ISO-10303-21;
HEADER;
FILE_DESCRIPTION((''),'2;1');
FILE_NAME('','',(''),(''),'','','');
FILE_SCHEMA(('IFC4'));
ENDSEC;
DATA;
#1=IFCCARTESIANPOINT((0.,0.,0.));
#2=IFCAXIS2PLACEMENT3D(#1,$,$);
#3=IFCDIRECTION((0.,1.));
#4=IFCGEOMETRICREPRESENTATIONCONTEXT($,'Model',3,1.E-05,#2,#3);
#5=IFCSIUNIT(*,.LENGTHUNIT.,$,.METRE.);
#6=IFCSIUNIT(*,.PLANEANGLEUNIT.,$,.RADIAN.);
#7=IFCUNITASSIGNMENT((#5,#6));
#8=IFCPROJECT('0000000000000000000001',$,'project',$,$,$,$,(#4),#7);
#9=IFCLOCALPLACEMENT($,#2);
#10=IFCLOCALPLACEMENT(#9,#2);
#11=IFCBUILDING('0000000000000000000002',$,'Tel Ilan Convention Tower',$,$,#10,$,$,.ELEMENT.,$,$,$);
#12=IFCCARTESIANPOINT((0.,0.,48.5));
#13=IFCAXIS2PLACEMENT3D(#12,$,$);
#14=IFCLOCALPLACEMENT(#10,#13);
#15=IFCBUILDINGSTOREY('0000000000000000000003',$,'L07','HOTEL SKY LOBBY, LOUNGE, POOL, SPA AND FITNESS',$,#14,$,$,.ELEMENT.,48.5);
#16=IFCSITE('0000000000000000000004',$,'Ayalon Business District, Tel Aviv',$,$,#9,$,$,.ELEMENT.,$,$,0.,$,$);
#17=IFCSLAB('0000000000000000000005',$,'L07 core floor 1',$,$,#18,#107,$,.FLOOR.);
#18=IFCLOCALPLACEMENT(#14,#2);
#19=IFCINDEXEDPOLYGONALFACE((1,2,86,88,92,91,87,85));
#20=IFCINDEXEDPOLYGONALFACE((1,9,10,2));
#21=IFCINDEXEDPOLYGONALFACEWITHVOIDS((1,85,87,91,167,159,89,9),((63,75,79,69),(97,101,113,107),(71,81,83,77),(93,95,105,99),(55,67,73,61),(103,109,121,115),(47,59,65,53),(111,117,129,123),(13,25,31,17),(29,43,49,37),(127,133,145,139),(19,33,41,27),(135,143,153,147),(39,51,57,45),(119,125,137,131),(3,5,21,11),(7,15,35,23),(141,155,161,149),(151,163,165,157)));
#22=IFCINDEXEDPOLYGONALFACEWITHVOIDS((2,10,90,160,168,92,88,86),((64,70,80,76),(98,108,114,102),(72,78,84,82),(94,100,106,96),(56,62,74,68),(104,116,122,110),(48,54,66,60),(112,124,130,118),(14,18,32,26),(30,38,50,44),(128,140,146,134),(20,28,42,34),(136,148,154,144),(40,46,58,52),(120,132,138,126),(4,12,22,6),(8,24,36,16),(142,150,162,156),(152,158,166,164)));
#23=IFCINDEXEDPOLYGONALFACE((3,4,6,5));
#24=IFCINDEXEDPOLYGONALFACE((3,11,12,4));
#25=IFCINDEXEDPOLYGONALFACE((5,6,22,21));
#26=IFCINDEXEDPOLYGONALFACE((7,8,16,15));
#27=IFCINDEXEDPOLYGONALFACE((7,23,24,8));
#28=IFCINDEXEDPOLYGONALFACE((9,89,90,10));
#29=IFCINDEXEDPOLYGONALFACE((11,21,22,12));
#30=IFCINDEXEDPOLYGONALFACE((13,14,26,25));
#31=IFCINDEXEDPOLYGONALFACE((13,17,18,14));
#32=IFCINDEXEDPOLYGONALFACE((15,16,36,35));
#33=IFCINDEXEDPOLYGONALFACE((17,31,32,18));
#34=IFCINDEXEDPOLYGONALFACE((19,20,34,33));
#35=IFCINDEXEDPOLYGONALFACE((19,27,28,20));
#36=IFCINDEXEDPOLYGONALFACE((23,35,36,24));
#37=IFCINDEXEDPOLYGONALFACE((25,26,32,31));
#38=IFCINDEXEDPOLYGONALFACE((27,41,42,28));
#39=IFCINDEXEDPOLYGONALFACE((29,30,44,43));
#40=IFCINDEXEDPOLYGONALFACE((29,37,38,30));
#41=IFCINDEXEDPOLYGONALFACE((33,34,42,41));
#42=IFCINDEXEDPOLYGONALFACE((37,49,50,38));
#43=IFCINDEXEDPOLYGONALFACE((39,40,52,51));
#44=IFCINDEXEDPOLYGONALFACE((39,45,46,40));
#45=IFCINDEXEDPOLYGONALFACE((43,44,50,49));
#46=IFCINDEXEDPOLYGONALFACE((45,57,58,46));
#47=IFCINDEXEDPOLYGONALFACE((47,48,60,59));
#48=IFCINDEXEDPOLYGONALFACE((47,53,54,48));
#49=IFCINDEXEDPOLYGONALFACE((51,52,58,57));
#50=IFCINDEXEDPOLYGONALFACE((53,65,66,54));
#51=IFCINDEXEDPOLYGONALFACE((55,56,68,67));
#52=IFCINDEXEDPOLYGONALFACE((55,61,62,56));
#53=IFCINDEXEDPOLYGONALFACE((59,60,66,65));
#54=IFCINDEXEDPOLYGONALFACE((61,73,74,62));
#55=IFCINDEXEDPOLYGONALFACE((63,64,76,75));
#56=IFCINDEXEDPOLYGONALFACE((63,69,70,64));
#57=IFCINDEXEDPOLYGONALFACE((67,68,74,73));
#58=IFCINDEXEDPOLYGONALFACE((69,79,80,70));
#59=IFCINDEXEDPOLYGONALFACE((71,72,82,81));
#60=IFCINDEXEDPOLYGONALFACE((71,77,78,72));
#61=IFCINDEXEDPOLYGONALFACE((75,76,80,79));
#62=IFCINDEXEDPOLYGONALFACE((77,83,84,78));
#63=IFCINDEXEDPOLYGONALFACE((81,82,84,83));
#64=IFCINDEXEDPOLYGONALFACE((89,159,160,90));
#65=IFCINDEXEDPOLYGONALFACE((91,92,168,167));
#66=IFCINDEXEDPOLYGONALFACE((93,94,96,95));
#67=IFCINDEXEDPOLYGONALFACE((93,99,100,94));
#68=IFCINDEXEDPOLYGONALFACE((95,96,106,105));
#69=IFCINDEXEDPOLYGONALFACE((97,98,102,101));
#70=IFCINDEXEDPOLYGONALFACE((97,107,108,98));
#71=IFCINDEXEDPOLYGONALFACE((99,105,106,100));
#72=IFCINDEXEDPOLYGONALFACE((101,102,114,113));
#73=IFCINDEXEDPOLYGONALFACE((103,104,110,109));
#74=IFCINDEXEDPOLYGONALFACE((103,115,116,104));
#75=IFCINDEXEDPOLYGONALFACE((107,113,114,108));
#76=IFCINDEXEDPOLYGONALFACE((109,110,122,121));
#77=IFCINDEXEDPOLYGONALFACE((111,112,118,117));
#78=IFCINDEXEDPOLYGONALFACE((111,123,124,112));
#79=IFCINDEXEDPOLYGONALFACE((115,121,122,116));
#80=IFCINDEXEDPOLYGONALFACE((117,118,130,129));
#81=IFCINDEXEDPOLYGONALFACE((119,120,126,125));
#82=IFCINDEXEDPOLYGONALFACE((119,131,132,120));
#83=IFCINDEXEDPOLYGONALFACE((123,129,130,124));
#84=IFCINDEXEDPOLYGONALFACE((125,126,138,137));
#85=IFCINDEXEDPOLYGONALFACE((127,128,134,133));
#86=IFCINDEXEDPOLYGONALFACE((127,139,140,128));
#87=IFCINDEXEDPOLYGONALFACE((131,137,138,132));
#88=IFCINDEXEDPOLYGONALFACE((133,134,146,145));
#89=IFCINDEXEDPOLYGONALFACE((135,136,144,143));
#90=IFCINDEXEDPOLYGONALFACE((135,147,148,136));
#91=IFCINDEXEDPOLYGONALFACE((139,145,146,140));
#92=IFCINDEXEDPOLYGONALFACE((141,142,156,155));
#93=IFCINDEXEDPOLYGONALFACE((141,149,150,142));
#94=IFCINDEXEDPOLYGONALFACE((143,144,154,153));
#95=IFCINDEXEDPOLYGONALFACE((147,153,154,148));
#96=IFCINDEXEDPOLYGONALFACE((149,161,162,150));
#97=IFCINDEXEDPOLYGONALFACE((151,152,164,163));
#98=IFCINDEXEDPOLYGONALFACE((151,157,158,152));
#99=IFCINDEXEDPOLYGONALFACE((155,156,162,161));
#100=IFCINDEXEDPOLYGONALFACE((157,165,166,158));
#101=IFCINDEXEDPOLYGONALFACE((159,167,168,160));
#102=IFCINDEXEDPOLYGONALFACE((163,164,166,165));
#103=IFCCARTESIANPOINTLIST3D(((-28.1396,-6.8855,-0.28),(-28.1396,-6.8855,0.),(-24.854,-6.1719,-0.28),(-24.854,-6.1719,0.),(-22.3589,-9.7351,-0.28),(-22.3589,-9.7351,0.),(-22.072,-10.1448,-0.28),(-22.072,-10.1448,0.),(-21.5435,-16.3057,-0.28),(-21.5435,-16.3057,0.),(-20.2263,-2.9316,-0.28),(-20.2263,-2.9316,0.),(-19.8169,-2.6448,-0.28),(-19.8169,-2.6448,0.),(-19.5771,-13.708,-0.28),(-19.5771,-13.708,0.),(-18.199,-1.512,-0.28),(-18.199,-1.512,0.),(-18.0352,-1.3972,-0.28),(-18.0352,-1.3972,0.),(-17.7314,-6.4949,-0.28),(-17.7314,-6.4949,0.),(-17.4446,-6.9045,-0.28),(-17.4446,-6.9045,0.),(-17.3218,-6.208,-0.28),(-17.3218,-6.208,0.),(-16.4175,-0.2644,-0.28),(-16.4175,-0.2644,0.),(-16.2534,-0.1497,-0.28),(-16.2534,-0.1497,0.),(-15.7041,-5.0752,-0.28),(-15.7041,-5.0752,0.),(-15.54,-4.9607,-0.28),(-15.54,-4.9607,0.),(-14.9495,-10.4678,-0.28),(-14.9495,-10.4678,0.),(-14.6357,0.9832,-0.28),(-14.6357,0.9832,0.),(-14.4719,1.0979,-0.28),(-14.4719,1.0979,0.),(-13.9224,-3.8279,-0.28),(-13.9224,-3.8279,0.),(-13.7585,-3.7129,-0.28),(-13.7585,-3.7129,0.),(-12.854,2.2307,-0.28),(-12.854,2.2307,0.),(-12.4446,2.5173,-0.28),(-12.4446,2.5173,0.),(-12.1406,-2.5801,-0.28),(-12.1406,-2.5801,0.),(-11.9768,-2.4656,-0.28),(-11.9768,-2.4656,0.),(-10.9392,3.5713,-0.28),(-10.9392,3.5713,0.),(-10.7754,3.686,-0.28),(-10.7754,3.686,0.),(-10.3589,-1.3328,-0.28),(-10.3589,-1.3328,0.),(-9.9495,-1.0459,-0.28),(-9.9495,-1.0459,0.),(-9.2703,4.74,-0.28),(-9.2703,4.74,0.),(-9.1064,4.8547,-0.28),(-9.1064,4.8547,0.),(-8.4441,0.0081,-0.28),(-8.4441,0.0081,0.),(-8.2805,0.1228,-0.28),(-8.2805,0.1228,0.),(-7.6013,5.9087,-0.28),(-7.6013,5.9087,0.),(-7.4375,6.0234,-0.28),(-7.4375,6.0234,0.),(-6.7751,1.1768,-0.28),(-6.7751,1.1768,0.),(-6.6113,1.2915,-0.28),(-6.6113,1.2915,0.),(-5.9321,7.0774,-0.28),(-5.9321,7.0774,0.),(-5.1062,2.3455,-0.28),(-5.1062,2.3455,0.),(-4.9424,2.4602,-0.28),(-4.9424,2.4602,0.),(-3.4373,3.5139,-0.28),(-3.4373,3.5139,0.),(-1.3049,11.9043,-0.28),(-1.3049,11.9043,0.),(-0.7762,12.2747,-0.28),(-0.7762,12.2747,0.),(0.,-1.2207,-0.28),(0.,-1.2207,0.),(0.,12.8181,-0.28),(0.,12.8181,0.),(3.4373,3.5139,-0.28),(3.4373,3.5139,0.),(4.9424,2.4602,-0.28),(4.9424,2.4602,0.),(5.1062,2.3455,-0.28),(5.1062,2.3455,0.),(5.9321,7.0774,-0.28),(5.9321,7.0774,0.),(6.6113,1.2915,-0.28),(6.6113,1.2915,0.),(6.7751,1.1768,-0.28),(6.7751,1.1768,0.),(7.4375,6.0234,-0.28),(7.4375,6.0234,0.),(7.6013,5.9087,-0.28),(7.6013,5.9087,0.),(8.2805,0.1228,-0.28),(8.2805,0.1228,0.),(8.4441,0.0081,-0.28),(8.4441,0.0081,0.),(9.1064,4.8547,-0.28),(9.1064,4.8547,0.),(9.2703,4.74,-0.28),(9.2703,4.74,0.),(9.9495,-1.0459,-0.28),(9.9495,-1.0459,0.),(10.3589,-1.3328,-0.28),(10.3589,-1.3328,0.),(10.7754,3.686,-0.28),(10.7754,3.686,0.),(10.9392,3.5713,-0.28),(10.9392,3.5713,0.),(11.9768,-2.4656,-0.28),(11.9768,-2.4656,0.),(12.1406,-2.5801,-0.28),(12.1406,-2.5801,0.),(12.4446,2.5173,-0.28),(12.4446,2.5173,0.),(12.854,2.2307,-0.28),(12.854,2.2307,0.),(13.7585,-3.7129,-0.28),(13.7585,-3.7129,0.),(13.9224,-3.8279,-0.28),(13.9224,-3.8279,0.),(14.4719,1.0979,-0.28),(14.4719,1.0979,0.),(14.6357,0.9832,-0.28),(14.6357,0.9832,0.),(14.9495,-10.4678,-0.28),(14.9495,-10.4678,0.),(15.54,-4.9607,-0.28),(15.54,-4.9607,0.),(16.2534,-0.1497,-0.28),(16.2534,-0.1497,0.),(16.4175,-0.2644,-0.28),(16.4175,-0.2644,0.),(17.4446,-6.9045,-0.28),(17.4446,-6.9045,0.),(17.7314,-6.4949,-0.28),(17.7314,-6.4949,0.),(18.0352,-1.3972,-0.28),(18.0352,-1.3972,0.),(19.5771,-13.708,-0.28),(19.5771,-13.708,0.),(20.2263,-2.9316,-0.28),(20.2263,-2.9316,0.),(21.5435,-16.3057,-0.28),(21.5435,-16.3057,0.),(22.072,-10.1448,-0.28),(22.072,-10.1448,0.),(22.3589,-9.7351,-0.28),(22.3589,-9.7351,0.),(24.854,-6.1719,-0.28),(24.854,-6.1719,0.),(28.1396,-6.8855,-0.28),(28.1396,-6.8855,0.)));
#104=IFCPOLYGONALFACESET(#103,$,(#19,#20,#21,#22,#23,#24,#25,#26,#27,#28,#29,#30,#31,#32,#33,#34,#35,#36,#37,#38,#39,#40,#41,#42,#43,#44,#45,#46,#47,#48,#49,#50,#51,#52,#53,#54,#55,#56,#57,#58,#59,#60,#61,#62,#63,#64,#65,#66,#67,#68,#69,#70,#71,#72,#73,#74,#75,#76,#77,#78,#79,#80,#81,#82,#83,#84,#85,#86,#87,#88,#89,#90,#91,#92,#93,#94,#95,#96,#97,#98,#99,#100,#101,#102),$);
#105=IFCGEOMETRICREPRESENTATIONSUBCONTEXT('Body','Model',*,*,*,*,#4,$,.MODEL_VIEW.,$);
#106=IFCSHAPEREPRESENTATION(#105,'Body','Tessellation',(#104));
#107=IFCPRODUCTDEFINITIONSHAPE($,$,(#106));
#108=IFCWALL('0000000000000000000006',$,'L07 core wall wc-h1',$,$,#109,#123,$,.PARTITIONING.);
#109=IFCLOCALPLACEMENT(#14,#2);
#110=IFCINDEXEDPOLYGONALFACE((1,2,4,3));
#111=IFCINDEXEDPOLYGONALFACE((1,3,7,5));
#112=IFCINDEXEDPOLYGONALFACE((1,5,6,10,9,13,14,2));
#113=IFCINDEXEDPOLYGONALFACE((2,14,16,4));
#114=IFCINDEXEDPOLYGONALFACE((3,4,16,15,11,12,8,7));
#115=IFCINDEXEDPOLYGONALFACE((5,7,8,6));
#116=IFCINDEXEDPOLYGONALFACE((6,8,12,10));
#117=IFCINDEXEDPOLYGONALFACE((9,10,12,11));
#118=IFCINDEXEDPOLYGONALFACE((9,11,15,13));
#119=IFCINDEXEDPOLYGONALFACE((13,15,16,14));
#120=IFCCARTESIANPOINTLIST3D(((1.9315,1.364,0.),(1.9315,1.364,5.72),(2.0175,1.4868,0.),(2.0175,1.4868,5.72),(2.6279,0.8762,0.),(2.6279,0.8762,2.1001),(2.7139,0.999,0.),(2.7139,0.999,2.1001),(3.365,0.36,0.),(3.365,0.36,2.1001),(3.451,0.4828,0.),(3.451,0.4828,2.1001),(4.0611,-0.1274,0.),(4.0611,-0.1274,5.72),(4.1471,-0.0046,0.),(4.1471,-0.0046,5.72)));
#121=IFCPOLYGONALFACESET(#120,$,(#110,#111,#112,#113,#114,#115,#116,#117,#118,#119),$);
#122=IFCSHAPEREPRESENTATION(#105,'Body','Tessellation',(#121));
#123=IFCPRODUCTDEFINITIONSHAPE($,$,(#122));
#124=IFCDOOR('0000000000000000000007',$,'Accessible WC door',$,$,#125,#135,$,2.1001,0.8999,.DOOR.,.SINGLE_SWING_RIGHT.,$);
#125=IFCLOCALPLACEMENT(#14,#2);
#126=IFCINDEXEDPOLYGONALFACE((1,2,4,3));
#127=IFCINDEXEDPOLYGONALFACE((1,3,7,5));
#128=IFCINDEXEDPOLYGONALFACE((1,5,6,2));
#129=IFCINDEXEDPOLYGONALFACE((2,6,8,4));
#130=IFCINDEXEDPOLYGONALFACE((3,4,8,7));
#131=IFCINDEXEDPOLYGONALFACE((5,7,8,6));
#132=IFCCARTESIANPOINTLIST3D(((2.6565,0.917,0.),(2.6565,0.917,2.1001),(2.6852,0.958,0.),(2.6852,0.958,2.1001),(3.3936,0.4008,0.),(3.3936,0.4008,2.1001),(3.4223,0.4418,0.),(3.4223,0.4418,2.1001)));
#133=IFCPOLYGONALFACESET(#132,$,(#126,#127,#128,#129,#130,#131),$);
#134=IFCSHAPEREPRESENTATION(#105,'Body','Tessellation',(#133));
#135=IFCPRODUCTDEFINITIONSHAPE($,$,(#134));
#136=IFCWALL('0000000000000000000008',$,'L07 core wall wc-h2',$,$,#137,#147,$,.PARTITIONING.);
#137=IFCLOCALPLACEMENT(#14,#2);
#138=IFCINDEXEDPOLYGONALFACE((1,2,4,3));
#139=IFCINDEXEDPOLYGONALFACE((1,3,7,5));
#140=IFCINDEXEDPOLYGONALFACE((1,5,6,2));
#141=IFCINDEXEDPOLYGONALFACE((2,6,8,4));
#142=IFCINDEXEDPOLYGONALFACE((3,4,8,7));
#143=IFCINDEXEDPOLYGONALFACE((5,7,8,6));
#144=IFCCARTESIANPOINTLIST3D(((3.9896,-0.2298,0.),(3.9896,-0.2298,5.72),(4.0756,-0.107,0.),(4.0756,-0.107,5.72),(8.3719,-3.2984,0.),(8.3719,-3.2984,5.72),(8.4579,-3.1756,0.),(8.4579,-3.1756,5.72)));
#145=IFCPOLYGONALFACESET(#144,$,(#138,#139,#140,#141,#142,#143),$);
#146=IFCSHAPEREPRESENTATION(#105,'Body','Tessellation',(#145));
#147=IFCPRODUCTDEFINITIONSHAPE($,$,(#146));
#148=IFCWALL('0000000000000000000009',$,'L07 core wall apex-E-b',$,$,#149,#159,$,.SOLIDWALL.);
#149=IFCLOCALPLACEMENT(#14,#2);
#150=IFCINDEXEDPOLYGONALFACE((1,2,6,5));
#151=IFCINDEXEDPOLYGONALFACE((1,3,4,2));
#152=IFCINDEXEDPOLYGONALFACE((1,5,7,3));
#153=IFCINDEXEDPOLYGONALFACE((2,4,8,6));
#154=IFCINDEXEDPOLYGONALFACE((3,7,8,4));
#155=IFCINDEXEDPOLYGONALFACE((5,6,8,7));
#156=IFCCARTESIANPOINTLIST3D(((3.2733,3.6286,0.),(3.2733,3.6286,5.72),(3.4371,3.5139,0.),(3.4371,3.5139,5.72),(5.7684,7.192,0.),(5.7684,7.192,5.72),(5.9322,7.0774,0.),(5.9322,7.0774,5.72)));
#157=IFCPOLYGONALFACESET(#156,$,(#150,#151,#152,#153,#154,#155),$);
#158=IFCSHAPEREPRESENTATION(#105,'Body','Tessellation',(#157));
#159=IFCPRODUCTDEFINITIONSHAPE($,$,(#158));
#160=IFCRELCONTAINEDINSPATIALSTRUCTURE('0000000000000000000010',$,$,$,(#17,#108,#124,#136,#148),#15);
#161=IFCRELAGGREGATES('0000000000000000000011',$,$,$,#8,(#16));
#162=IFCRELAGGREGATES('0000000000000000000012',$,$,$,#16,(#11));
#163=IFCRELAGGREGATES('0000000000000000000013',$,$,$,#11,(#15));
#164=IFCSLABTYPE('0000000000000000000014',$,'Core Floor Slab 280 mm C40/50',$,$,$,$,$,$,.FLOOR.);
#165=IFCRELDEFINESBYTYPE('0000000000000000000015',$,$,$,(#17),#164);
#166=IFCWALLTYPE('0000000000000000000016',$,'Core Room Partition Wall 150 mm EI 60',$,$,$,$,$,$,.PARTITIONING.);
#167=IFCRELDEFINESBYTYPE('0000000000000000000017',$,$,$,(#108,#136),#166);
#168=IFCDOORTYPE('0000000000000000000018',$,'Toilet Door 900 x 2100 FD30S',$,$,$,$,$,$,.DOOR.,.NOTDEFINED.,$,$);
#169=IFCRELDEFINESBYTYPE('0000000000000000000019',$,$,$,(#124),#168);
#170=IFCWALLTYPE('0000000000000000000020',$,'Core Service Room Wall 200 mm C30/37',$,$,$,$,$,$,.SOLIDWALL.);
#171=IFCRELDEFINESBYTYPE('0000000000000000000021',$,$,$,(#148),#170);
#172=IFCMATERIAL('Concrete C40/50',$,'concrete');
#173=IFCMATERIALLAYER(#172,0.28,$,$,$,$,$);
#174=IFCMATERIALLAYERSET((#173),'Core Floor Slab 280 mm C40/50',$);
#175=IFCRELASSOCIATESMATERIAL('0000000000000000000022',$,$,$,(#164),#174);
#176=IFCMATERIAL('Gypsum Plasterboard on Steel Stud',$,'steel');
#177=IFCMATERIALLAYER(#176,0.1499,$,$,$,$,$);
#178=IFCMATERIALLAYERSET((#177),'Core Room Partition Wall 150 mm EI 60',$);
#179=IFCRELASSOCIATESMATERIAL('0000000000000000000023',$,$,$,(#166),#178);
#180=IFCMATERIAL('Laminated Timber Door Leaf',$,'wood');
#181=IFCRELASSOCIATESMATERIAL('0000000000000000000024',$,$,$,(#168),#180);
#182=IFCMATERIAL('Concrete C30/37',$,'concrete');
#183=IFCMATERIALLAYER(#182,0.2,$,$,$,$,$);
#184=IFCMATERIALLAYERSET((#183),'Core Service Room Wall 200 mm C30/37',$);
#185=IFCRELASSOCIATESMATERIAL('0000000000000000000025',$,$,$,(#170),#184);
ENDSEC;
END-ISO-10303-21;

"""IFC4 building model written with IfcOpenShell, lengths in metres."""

from ifc_helpers import new_model, si_unit, direction, frame, frame_2d, origin, place, context, subcontext, project, spatial, polyline, rectangle, outline, extrude, material, layer, layer_set, type_object, element, fill, save


model = new_model("IFC4")

# Units and contexts
model_context = context("Model", 3, precision=1e-05, world=origin(), true_north=direction((0.0, 1.0)))
body_context = subcontext(model_context, "Body", "Model", "MODEL_VIEW")
ifc_project = project(units=[si_unit("LENGTHUNIT", "METRE"), si_unit("PLANEANGLEUNIT", "RADIAN")], contexts=[model_context])

# Site, building, storey
site_placement = place(None, origin())
site = spatial("IfcSite", under=ifc_project, at=site_placement, Name="Ayalon Business District, Tel Aviv", CompositionType="ELEMENT", RefElevation=0.0)
building_placement = place(site_placement, origin())
building = spatial("IfcBuilding", under=site, at=building_placement, Name="Tel Ilan Convention Tower", CompositionType="ELEMENT")
storey_placement = place(building_placement, frame((0.0, 0.0, 48.5)))
storey = spatial("IfcBuildingStorey", under=building, at=storey_placement, Name="L07", Description="HOTEL SKY LOBBY, LOUNGE, POOL, SPA AND FITNESS", CompositionType="ELEMENT", Elevation=48.5)

# Slab
ifc_material_1 = material(Name="Concrete C40/50", Category="concrete")
ifc_layer_1 = layer(ifc_material_1, 0.28)
ifc_layer_set_1 = layer_set([ifc_layer_1], Name="Core Floor Slab 280 mm C40/50")
slab_type_1 = type_object("IfcSlabType", Name="Core Floor Slab 280 mm C40/50", PredefinedType="FLOOR", material=ifc_layer_set_1)
slab_1_placement = place(storey_placement, frame((0.0, 0.0, -0.28)))
element("IfcSlab", 1, at=slab_1_placement, inside=storey, type_object=slab_type_1, Name="L07 core floor 1", PredefinedType="FLOOR", context=body_context, shape_type="SweptSolid", body=[
    extrude(outline(polyline([(-0.2412, 12.6494), (-1.021, 12.1033), (0.0, 12.8181), (28.1396, -6.8855), (21.5435, -16.3057), (0.0, -1.2207), (-21.5435, -16.3057), (-28.1396, -6.8855), (-1.3049, 11.9043), (-0.2412, 12.6494), (-6.1907, 8.4834), (-0.2412, 12.6494)]), holes=[polyline([(-14.9495, -10.4678), (-17.4446, -6.9045), (-22.072, -10.1448), (-19.5771, -13.708), (-14.9495, -10.4678)]), polyline([(-17.7314, -6.4949), (-20.2263, -2.9316), (-24.854, -6.1719), (-22.3589, -9.7351), (-17.7314, -6.4949)]), polyline([(-18.199, -1.512), (-19.8169, -2.6448), (-17.3218, -6.208), (-15.7041, -5.0752), (-18.199, -1.512)]), polyline([(-16.4175, -0.2644), (-18.0352, -1.3972), (-15.54, -4.9607), (-13.9224, -3.8279), (-16.4175, -0.2644)]), polyline([(-14.6357, 0.9832), (-16.2534, -0.1497), (-13.7585, -3.7129), (-12.1406, -2.5801), (-14.6357, 0.9832)]), polyline([(-12.854, 2.2307), (-14.4719, 1.0979), (-11.9768, -2.4656), (-10.3589, -1.3328), (-12.854, 2.2307)]), polyline([(-10.9392, 3.5713), (-12.4446, 2.5173), (-9.9495, -1.0459), (-8.4441, 0.0081), (-10.9392, 3.5713)]), polyline([(-6.7751, 1.1768), (-9.2703, 4.74), (-10.7754, 3.686), (-8.2805, 0.1228), (-6.7751, 1.1768)]), polyline([(-5.1062, 2.3455), (-7.6013, 5.9087), (-9.1064, 4.8547), (-6.6113, 1.2915), (-5.1062, 2.3455)]), polyline([(-5.9321, 7.0774), (-7.4375, 6.0234), (-4.9424, 2.4602), (-3.4373, 3.5139), (-5.9321, 7.0774)]), polyline([(17.4446, -6.9045), (14.9495, -10.4678), (19.5771, -13.708), (22.072, -10.1448), (17.4446, -6.9045)]), polyline([(20.2263, -2.9316), (17.7314, -6.4949), (22.3589, -9.7351), (24.854, -6.1719), (20.2263, -2.9316)]), polyline([(13.9224, -3.8279), (15.54, -4.9607), (18.0352, -1.3972), (16.4175, -0.2644), (13.9224, -3.8279)]), polyline([(12.1406, -2.5801), (13.7585, -3.7129), (16.2534, -0.1497), (14.6357, 0.9832), (12.1406, -2.5801)]), polyline([(11.9768, -2.4656), (14.4719, 1.0979), (12.854, 2.2307), (10.3589, -1.3328), (11.9768, -2.4656)]), polyline([(9.9495, -1.0459), (12.4446, 2.5173), (10.9392, 3.5713), (8.4441, 0.0081), (9.9495, -1.0459)]), polyline([(8.2805, 0.1228), (10.7754, 3.686), (9.2703, 4.74), (6.7751, 1.1768), (8.2805, 0.1228)]), polyline([(5.1062, 2.3455), (6.6113, 1.2915), (9.1064, 4.8547), (7.6013, 5.9087), (5.1062, 2.3455)]), polyline([(3.4373, 3.5139), (4.9424, 2.4602), (7.4375, 6.0234), (5.9321, 7.0774), (3.4373, 3.5139)])]), origin(), (0.0, 0.0, 1.0), 0.28),
])

# Wall, opening, door
ifc_material_2 = material(Name="Gypsum Plasterboard on Steel Stud", Category="steel")
ifc_layer_2 = layer(ifc_material_2, 0.1499)
ifc_layer_set_2 = layer_set([ifc_layer_2], Name="Core Room Partition Wall 150 mm EI 60")
wall_type_1 = type_object("IfcWallType", Name="Core Room Partition Wall 150 mm EI 60", PredefinedType="PARTITIONING", material=ifc_layer_set_2)
wall_1_placement = place(storey_placement, frame((1.9746, 1.4253, 0.0), z_axis=(0.0, 0.0, 1.0), x_axis=(0.819104, -0.573645, 0.0)))
wall_1 = element("IfcWall", 2, at=wall_1_placement, inside=storey, type_object=wall_type_1, Name="L07 core wall wc-h1", PredefinedType="PARTITIONING", context=body_context, shape_type="SweptSolid", body=[
    extrude(rectangle(XDim=2.5999, YDim=0.1499, at=frame_2d((1.2998, 0.0))), origin(), (0.0, 0.0, 1.0), 5.72),
])
opening_1_placement = place(wall_1_placement, frame((0.8501, 0.0, 0.0)))
opening_1 = element("IfcOpeningElement", 3, at=opening_1_placement, cuts=wall_1, PredefinedType="OPENING", context=body_context, shape_type="SweptSolid", body=[
    extrude(rectangle(XDim=0.8999, YDim=2.1001, at=frame_2d((0.45, 1.05))), frame((0.0, 0.085, 0.0), z_axis=(0.0, -1.0, 0.0), x_axis=(1.0, 0.0, 0.0)), (0.0, 0.0, 1.0), 0.1699),
])
ifc_material_3 = material(Name="Laminated Timber Door Leaf", Category="wood")
door_type_1 = type_object("IfcDoorType", Name="Toilet Door 900 x 2100 FD30S", OperationType="NOTDEFINED", PredefinedType="DOOR", material=ifc_material_3)
door_1_placement = place(opening_1_placement, origin())
door_1 = element("IfcDoor", 4, at=door_1_placement, inside=storey, type_object=door_type_1, Name="Accessible WC door", OperationType="SINGLE_SWING_RIGHT", OverallHeight=2.1001, OverallWidth=0.8999, PredefinedType="DOOR", context=body_context, shape_type="SweptSolid", body=[
    extrude(rectangle(XDim=0.8999, YDim=2.1001, at=frame_2d((0.45, 1.05))), frame((0.0, 0.0249, 0.0), z_axis=(0.0, -1.0, 0.0), x_axis=(1.0, 0.0, 0.0)), (0.0, 0.0, 1.0), 0.05),
])
fill(opening_1, door_1)

# Walls
wall_2_placement = place(storey_placement, frame((4.0327, -0.1685, 0.0), z_axis=(0.0, 0.0, 1.0), x_axis=(0.819146, -0.573585, 0.0)))
element("IfcWall", 5, at=wall_2_placement, inside=storey, type_object=wall_type_1, Name="L07 core wall wc-h2", PredefinedType="PARTITIONING", context=body_context, shape_type="SweptSolid", body=[
    extrude(rectangle(XDim=5.3499, YDim=0.1499, at=frame_2d((2.6748, 0.0))), origin(), (0.0, 0.0, 1.0), 5.72),
])
ifc_material_4 = material(Name="Concrete C30/37", Category="concrete")
ifc_layer_3 = layer(ifc_material_4, 0.2)
ifc_layer_set_3 = layer_set([ifc_layer_3], Name="Core Service Room Wall 200 mm C30/37")
wall_type_2 = type_object("IfcWallType", Name="Core Service Room Wall 200 mm C30/37", PredefinedType="SOLIDWALL", material=ifc_layer_set_3)
wall_3_placement = place(storey_placement, frame((3.3552, 3.5713, 0.0), z_axis=(0.0, 0.0, 1.0), x_axis=(0.573568, 0.819158, 0.0)))
element("IfcWall", 6, at=wall_3_placement, inside=storey, type_object=wall_type_2, Name="L07 core wall apex-E-b", PredefinedType="SOLIDWALL", context=body_context, shape_type="SweptSolid", body=[
    extrude(rectangle(XDim=4.3501, YDim=0.2, at=frame_2d((2.175, 0.0))), origin(), (0.0, 0.0, 1.0), 5.72),
])

save(model, "model.ifc")
